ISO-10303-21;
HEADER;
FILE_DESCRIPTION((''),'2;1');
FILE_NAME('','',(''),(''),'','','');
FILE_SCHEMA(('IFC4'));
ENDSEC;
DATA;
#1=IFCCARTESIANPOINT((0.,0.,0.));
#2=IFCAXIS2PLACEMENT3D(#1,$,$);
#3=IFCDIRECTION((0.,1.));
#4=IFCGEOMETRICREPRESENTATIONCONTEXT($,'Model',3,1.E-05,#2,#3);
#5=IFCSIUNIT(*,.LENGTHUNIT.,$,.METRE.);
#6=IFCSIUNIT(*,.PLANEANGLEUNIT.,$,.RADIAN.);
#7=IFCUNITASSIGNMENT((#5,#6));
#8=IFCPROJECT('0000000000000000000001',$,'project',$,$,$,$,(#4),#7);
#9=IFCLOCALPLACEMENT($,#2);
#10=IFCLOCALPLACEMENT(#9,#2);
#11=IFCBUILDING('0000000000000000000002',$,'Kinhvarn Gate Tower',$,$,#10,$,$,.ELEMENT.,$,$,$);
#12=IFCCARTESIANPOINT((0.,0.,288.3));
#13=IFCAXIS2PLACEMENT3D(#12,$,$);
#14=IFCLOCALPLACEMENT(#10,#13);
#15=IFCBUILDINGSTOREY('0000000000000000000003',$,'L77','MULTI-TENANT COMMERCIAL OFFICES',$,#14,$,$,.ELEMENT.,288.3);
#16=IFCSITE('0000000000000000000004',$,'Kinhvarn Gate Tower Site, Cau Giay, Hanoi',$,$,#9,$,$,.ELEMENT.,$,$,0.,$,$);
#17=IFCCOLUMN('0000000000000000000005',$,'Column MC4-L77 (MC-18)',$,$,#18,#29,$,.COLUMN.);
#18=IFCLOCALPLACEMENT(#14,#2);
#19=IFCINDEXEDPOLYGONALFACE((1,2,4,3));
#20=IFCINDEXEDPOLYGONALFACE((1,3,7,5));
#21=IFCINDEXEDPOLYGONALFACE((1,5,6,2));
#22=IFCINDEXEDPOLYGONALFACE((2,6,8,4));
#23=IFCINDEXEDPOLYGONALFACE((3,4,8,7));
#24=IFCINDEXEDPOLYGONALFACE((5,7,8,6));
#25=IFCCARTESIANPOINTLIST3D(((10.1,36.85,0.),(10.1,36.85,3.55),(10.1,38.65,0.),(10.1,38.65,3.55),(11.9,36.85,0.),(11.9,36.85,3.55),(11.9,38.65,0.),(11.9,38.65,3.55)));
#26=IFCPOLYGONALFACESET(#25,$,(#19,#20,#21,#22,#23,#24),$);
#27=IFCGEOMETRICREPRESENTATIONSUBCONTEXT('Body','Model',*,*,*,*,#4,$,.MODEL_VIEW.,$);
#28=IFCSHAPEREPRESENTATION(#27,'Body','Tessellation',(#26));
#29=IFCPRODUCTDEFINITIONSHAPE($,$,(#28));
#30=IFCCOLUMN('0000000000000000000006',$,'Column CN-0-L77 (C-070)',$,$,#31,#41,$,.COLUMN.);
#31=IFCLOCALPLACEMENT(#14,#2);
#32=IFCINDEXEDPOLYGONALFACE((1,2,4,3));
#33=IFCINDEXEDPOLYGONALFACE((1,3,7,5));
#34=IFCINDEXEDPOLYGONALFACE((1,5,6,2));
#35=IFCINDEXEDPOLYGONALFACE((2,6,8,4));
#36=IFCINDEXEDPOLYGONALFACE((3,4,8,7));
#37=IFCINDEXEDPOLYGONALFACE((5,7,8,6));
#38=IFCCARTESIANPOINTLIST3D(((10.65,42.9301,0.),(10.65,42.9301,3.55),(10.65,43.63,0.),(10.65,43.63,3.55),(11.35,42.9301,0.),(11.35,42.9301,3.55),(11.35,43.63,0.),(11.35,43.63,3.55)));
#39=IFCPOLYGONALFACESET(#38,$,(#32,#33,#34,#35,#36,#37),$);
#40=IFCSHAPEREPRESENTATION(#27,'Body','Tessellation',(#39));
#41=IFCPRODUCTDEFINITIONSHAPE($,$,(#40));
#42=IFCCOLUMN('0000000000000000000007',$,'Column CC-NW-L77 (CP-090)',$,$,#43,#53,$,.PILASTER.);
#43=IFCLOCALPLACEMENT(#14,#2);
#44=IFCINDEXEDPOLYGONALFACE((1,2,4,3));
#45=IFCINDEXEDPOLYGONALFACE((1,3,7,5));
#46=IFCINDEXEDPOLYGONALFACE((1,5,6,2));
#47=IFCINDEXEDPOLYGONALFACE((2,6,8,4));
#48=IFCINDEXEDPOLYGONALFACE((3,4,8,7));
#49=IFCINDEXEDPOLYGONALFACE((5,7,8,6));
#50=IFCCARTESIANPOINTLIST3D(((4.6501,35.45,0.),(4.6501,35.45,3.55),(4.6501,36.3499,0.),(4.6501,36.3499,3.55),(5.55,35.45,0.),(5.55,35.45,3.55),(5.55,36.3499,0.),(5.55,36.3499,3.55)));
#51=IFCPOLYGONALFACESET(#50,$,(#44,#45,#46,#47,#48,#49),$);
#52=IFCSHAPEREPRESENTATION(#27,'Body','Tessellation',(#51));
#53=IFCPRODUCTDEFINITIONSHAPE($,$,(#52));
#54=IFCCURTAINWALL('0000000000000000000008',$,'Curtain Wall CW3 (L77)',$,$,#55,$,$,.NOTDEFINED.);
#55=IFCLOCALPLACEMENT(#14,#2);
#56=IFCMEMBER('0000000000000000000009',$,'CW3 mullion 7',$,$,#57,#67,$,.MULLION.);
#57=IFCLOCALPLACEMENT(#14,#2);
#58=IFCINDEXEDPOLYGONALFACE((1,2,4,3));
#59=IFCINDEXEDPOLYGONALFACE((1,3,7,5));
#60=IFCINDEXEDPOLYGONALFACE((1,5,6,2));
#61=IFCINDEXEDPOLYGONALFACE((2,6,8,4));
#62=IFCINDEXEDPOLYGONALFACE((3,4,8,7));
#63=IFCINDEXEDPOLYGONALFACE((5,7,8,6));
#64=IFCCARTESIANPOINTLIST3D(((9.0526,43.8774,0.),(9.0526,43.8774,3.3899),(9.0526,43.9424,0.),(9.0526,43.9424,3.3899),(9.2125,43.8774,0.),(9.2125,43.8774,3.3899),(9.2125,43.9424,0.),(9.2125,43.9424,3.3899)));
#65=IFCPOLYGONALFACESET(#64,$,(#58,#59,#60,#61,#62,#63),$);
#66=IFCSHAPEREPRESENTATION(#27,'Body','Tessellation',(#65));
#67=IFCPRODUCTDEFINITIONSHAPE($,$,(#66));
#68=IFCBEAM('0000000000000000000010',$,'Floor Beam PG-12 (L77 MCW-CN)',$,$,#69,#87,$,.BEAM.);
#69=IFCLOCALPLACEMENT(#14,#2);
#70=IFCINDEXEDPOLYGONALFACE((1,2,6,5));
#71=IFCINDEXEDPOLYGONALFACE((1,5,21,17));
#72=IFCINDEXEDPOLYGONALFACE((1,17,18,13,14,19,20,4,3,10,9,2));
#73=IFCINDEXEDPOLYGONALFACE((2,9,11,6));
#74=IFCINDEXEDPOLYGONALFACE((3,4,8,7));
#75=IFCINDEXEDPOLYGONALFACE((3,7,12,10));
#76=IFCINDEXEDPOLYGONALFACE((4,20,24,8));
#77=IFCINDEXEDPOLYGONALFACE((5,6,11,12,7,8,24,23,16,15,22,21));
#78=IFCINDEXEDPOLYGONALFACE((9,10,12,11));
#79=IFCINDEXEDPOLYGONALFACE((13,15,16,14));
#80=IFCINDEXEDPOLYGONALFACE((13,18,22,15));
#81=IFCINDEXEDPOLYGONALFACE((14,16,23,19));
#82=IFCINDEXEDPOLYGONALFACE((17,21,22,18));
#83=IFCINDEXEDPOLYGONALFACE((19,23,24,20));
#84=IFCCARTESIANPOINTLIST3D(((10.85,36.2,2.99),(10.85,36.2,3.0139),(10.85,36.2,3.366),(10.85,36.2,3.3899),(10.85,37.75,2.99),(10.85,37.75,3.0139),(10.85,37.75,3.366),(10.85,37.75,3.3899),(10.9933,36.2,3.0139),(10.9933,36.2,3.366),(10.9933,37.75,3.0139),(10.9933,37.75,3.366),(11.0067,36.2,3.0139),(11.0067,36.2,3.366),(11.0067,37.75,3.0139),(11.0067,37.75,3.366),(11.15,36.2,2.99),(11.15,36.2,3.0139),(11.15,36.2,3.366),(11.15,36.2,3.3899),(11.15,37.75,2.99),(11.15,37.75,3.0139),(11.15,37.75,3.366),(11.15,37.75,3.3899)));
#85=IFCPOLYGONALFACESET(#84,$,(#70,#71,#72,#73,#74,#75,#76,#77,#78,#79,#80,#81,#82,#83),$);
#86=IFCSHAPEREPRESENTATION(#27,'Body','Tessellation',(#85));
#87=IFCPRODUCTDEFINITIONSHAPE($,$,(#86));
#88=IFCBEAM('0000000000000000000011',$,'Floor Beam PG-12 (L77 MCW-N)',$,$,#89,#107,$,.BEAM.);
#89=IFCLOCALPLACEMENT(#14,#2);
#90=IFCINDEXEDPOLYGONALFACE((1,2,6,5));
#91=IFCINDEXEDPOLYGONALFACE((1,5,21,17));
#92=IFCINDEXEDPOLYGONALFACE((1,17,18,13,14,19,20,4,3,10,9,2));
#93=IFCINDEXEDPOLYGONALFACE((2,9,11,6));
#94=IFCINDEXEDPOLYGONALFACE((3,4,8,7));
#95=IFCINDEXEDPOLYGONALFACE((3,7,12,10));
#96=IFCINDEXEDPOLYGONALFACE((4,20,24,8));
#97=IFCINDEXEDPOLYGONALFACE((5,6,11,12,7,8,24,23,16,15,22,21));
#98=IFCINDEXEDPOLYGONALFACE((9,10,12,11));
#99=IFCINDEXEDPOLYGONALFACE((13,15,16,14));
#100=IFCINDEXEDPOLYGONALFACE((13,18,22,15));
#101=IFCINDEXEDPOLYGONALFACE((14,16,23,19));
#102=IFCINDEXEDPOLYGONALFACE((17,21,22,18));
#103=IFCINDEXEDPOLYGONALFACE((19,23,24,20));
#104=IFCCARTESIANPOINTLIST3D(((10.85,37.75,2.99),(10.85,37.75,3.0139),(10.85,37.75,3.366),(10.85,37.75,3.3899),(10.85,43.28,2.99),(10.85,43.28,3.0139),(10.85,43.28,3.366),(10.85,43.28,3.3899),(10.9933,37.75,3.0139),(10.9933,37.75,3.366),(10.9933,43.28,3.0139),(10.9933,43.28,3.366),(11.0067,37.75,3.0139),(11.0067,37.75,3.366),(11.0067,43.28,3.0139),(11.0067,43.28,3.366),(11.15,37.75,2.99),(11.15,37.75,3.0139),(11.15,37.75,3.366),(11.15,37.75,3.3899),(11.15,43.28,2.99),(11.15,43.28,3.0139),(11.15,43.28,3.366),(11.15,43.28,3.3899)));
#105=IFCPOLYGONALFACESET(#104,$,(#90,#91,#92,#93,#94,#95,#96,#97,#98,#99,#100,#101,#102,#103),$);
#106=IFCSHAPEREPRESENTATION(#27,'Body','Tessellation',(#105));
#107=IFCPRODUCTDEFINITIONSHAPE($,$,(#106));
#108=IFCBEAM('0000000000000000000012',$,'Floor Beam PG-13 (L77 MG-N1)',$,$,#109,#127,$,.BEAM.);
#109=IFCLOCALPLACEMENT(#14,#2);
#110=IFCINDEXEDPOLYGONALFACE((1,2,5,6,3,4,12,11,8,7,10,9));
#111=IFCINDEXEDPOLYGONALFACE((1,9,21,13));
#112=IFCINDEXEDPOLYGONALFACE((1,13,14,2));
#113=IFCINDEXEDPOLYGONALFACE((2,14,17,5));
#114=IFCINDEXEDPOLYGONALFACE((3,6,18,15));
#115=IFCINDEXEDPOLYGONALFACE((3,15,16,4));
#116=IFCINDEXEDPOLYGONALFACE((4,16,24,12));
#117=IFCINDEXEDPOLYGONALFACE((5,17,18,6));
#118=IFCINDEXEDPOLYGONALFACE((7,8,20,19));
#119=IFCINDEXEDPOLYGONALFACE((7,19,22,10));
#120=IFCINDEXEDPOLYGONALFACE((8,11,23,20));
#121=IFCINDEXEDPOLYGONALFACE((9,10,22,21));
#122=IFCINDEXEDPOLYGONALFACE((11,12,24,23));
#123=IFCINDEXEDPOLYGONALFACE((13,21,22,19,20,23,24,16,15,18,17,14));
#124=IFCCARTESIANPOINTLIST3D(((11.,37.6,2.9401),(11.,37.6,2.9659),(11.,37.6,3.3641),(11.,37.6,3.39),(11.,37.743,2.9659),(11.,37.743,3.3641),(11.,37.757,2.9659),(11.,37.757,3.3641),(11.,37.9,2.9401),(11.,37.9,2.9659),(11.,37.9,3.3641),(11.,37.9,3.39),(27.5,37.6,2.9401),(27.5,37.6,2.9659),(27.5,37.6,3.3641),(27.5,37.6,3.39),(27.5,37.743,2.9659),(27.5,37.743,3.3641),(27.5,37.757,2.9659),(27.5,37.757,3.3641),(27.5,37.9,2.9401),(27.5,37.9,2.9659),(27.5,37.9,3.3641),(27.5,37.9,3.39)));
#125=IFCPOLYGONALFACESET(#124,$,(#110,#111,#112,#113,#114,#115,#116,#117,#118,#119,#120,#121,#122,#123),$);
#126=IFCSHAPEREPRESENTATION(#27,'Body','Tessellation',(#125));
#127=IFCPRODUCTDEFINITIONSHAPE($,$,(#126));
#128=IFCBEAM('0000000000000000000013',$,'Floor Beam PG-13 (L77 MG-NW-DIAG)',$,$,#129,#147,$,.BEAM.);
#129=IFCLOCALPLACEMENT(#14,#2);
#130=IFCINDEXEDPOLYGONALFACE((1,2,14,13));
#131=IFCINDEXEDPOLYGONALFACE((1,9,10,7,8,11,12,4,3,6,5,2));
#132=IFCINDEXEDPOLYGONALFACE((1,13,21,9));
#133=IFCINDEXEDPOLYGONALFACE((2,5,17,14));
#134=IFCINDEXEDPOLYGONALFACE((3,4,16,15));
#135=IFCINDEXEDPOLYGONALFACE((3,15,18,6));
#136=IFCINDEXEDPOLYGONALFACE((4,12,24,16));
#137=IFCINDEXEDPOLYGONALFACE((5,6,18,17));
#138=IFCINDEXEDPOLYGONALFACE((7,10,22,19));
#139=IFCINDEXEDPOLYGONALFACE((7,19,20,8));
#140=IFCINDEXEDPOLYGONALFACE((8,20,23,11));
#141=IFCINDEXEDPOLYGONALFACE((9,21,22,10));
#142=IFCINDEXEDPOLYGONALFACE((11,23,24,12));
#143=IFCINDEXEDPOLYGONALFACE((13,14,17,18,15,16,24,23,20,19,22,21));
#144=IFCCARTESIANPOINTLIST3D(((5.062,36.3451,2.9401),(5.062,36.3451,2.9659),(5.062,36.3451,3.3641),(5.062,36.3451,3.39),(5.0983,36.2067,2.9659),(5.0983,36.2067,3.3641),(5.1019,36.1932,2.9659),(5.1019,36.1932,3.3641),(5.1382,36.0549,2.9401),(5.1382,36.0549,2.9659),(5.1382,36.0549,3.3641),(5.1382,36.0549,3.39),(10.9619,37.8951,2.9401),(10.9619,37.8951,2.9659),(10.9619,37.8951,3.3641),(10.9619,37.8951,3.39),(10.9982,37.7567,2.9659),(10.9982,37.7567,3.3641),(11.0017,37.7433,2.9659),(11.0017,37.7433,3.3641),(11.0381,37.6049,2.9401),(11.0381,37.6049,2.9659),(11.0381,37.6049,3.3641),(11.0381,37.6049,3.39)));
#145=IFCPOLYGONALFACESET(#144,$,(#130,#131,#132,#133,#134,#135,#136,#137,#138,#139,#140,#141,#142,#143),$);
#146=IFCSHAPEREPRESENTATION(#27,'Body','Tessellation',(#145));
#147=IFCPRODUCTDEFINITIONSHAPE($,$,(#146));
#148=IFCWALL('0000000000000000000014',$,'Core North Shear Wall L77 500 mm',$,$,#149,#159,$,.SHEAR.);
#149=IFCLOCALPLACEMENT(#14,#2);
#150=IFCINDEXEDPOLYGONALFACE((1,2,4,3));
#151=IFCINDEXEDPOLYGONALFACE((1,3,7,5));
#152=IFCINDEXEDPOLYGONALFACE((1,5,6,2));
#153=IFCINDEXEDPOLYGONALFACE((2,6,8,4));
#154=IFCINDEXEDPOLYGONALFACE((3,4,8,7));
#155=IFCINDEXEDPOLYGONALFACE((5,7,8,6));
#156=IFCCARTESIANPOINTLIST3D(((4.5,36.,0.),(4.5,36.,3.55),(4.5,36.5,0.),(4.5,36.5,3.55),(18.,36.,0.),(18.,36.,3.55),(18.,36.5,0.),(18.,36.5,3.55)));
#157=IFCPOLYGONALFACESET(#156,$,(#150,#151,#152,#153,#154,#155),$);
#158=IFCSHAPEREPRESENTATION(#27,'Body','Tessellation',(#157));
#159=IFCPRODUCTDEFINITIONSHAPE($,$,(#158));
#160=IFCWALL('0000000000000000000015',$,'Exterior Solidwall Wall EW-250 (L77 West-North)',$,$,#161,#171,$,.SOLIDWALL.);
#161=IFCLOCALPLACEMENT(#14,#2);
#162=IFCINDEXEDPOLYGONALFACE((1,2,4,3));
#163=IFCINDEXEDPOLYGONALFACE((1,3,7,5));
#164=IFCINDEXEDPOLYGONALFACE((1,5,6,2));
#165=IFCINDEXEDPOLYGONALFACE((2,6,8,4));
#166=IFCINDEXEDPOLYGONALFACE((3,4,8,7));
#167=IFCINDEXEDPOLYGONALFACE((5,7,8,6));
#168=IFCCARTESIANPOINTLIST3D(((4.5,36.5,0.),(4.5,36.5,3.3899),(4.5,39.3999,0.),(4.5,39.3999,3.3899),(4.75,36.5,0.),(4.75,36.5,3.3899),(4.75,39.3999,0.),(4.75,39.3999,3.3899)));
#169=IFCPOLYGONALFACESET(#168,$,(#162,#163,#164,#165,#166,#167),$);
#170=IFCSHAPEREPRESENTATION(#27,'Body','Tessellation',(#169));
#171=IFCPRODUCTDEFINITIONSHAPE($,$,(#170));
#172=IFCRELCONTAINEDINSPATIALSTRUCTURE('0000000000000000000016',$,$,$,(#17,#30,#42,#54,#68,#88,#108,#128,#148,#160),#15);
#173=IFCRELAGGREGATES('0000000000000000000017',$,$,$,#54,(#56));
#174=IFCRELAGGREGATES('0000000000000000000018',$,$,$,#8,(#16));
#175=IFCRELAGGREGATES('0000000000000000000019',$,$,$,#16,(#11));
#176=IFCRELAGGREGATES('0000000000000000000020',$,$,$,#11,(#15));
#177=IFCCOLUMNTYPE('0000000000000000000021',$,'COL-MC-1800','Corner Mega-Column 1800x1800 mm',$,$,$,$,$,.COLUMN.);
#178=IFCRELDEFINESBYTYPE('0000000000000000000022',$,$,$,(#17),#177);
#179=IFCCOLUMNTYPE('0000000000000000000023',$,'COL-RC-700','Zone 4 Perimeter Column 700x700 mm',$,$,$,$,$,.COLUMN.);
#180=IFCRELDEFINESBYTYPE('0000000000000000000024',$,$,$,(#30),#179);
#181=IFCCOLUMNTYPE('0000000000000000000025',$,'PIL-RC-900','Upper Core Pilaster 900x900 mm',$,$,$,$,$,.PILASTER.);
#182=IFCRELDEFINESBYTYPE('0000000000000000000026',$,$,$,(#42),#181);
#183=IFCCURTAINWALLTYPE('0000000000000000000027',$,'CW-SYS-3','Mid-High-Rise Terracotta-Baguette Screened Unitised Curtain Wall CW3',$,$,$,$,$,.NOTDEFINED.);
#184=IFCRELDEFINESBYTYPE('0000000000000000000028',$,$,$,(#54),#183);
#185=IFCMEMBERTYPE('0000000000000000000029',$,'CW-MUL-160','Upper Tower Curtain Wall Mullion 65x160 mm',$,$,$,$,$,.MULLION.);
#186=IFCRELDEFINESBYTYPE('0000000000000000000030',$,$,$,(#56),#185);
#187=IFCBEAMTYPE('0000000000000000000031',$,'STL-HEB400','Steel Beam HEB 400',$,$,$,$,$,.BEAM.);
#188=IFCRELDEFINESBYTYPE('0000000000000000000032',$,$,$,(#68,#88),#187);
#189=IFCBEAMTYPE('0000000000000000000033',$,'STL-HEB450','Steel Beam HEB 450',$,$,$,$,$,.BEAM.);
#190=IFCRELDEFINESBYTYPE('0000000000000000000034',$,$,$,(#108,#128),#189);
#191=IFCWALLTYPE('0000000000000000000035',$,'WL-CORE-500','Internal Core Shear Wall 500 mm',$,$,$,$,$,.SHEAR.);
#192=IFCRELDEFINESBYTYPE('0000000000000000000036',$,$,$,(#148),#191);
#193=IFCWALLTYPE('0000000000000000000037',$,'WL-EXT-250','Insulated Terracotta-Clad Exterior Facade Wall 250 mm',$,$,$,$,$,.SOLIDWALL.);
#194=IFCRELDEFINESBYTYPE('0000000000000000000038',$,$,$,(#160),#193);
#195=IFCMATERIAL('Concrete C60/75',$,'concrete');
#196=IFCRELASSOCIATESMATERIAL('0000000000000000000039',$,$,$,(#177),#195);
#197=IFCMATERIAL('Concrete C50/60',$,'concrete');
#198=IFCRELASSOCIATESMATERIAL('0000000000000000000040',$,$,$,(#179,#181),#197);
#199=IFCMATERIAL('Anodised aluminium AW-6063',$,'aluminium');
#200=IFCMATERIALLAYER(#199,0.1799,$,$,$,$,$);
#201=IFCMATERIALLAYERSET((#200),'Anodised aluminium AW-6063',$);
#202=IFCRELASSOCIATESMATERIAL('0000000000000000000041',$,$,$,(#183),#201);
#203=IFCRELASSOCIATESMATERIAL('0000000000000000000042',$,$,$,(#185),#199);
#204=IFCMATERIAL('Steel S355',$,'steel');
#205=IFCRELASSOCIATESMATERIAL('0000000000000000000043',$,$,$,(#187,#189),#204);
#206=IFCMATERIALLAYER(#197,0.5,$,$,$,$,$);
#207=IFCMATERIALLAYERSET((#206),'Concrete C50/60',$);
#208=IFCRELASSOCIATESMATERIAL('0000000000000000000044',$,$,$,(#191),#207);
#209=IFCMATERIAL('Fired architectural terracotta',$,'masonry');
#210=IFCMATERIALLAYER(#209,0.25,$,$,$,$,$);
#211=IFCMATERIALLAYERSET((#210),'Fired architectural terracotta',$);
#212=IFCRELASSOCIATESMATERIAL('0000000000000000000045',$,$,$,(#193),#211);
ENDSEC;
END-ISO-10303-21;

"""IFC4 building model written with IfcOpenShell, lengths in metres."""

from ifc_helpers import new_model, si_unit, direction, frame, frame_2d, origin, origin_2d, place, context, subcontext, project, spatial, rectangle, i_section, extrude, material, layer, layer_set, material_profile, profile_set, type_object, element, aggregate, save


model = new_model("IFC4")

# Units and contexts
model_context = context("Model", 3, precision=1e-05, world=origin(), true_north=direction((0.0, 1.0)))
body_context = subcontext(model_context, "Body", "Model", "MODEL_VIEW")
ifc_project = project(units=[si_unit("LENGTHUNIT", "METRE"), si_unit("PLANEANGLEUNIT", "RADIAN")], contexts=[model_context])

# Site, building, storey
site_placement = place(None, origin())
site = spatial("IfcSite", under=ifc_project, at=site_placement, Name="Kinhvarn Gate Tower Site, Cau Giay, Hanoi", CompositionType="ELEMENT", RefElevation=0.0)
building_placement = place(site_placement, origin())
building = spatial("IfcBuilding", under=site, at=building_placement, Name="Kinhvarn Gate Tower", CompositionType="ELEMENT")
storey_placement = place(building_placement, frame((0.0, 0.0, 288.3)))
storey = spatial("IfcBuildingStorey", under=building, at=storey_placement, Name="L77", Description="MULTI-TENANT COMMERCIAL OFFICES", CompositionType="ELEMENT", Elevation=288.3)

# Columns
ifc_material_1 = material(Name="Concrete C60/75", Category="concrete")
ifc_material_profile_1 = material_profile(ifc_material_1, rectangle(XDim=1.8, YDim=1.8, at=origin_2d()), Name="RC 1800x1800")
ifc_profile_set_1 = profile_set([ifc_material_profile_1], Name="Concrete C60/75")
column_type_1 = type_object("IfcColumnType", Name="COL-MC-1800", Description="Corner Mega-Column 1800x1800 mm", PredefinedType="COLUMN", material=ifc_profile_set_1)
column_1_placement = place(storey_placement, frame((11.0, 37.75, 0.0), z_axis=(0.0, 0.0, 1.0), x_axis=(1.0, 0.0, 0.0)))
element("IfcColumn", 1, at=column_1_placement, inside=storey, type_object=column_type_1, Name="Column MC4-L77 (MC-18)", PredefinedType="COLUMN", context=body_context, shape_type="SweptSolid", body=[
    extrude(rectangle(XDim=1.8, YDim=1.8, at=origin_2d()), origin(), (0.0, 0.0, 1.0), 3.55),
])
ifc_material_2 = material(Name="Concrete C50/60", Category="concrete")
ifc_material_profile_2 = material_profile(ifc_material_2, rectangle(XDim=0.7, YDim=0.7, at=origin_2d()), Name="RC 700x700")
ifc_profile_set_2 = profile_set([ifc_material_profile_2], Name="Concrete C50/60")
column_type_2 = type_object("IfcColumnType", Name="COL-RC-700", Description="Zone 4 Perimeter Column 700x700 mm", PredefinedType="COLUMN", material=ifc_profile_set_2)
column_2_placement = place(storey_placement, frame((11.0, 43.28, 0.0), z_axis=(0.0, 0.0, 1.0), x_axis=(1.0, 0.0, 0.0)))
element("IfcColumn", 2, at=column_2_placement, inside=storey, type_object=column_type_2, Name="Column CN-0-L77 (C-070)", PredefinedType="COLUMN", context=body_context, shape_type="SweptSolid", body=[
    extrude(rectangle(XDim=0.7, YDim=0.7, at=origin_2d()), origin(), (0.0, 0.0, 1.0), 3.55),
])
ifc_material_profile_3 = material_profile(ifc_material_2, rectangle(XDim=0.8999, YDim=0.8999, at=origin_2d()), Name="RC 900x900")
ifc_profile_set_3 = profile_set([ifc_material_profile_3], Name="Concrete C50/60")
column_type_3 = type_object("IfcColumnType", Name="PIL-RC-900", Description="Upper Core Pilaster 900x900 mm", PredefinedType="PILASTER", material=ifc_profile_set_3)
column_3_placement = place(storey_placement, frame((5.1001, 35.8999, 0.0), z_axis=(0.0, 0.0, 1.0), x_axis=(1.0, 0.0, 0.0)))
element("IfcColumn", 3, at=column_3_placement, inside=storey, type_object=column_type_3, Name="Column CC-NW-L77 (CP-090)", PredefinedType="PILASTER", context=body_context, shape_type="SweptSolid", body=[
    extrude(rectangle(XDim=0.8999, YDim=0.8999, at=origin_2d()), origin(), (0.0, 0.0, 1.0), 3.55),
])

# Curtain wall, member
ifc_material_3 = material(Name="Anodised aluminium AW-6063", Category="aluminium")
ifc_layer_1 = layer(ifc_material_3, 0.1799)
ifc_layer_set_1 = layer_set([ifc_layer_1], Name="Anodised aluminium AW-6063")
curtain_wall_type = type_object("IfcCurtainWallType", Name="CW-SYS-3", Description="Mid-High-Rise Terracotta-Baguette Screened Unitised Curtain Wall CW3", PredefinedType="NOTDEFINED", material=ifc_layer_set_1)
curtain_wall_placement = place(storey_placement, origin())
curtain_wall = element("IfcCurtainWall", 4, at=curtain_wall_placement, inside=storey, type_object=curtain_wall_type, Name="Curtain Wall CW3 (L77)", PredefinedType="NOTDEFINED")
ifc_material_profile_4 = material_profile(ifc_material_3, rectangle(XDim=0.0649, YDim=0.1599, at=origin_2d()), Name="ALU 65x160")
ifc_profile_set_4 = profile_set([ifc_material_profile_4], Name="Anodised aluminium AW-6063")
member_type = type_object("IfcMemberType", Name="CW-MUL-160", Description="Upper Tower Curtain Wall Mullion 65x160 mm", PredefinedType="MULLION", material=ifc_profile_set_4)
member_placement = place(storey_placement, frame((9.1326, 43.9099, 0.0), z_axis=(0.0, 0.0, 1.0), x_axis=(0.0, -1.0, 0.0)))
member = element("IfcMember", 5, at=member_placement, type_object=member_type, Name="CW3 mullion 7", PredefinedType="MULLION", context=body_context, shape_type="SweptSolid", body=[
    extrude(rectangle(XDim=0.0649, YDim=0.1599, at=origin_2d()), origin(), (0.0, 0.0, 1.0), 3.3899),
])
aggregate(curtain_wall, [member])

# Beams
ifc_material_4 = material(Name="Steel S355", Category="steel")
ifc_material_profile_5 = material_profile(ifc_material_4, i_section(OverallWidth=0.3, OverallDepth=0.3999, WebThickness=0.0134, FlangeThickness=0.0239, at=origin_2d()), Name="HEB 400")
ifc_profile_set_5 = profile_set([ifc_material_profile_5], Name="Steel S355")
beam_type_1 = type_object("IfcBeamType", Name="STL-HEB400", Description="Steel Beam HEB 400", PredefinedType="BEAM", material=ifc_profile_set_5)
beam_1_placement = place(storey_placement, frame((11.0, 36.2, 3.1899), z_axis=(0.0, 1.0, 0.0), x_axis=(-1.0, 0.0, 0.0)))
element("IfcBeam", 6, at=beam_1_placement, inside=storey, type_object=beam_type_1, Name="Floor Beam PG-12 (L77 MCW-CN)", PredefinedType="BEAM", context=body_context, shape_type="SweptSolid", body=[
    extrude(i_section(OverallWidth=0.3, OverallDepth=0.3999, WebThickness=0.0134, FlangeThickness=0.0239, at=origin_2d()), origin(), (0.0, 0.0, 1.0), 1.55),
])
beam_2_placement = place(storey_placement, frame((11.0, 37.75, 3.1899), z_axis=(0.0, 1.0, 0.0), x_axis=(-1.0, 0.0, 0.0)))
element("IfcBeam", 7, at=beam_2_placement, inside=storey, type_object=beam_type_1, Name="Floor Beam PG-12 (L77 MCW-N)", PredefinedType="BEAM", context=body_context, shape_type="SweptSolid", body=[
    extrude(i_section(OverallWidth=0.3, OverallDepth=0.3999, WebThickness=0.0134, FlangeThickness=0.0239, at=origin_2d()), origin(), (0.0, 0.0, 1.0), 5.53),
])
ifc_material_profile_6 = material_profile(ifc_material_4, i_section(OverallWidth=0.3, OverallDepth=0.45, WebThickness=0.0139, FlangeThickness=0.0259, at=origin_2d()), Name="HEB 450")
ifc_profile_set_6 = profile_set([ifc_material_profile_6], Name="Steel S355")
beam_type_2 = type_object("IfcBeamType", Name="STL-HEB450", Description="Steel Beam HEB 450", PredefinedType="BEAM", material=ifc_profile_set_6)
beam_3_placement = place(storey_placement, frame((11.0, 37.75, 3.165), z_axis=(1.0, 0.0, 0.0), x_axis=(0.0, 1.0, 0.0)))
element("IfcBeam", 8, at=beam_3_placement, inside=storey, type_object=beam_type_2, Name="Floor Beam PG-13 (L77 MG-N1)", PredefinedType="BEAM", context=body_context, shape_type="SweptSolid", body=[
    extrude(i_section(OverallWidth=0.3, OverallDepth=0.45, WebThickness=0.0139, FlangeThickness=0.0259, at=origin_2d()), origin(), (0.0, 0.0, 1.0), 16.5),
])
beam_4_placement = place(storey_placement, frame((5.1001, 36.2, 3.165), z_axis=(0.967178, 0.254101, 0.0), x_axis=(-0.254101, 0.967178, 0.0)))
element("IfcBeam", 9, at=beam_4_placement, inside=storey, type_object=beam_type_2, Name="Floor Beam PG-13 (L77 MG-NW-DIAG)", PredefinedType="BEAM", context=body_context, shape_type="SweptSolid", body=[
    extrude(i_section(OverallWidth=0.3, OverallDepth=0.45, WebThickness=0.0139, FlangeThickness=0.0259, at=origin_2d()), origin(), (0.0, 0.0, 1.0), 6.1001),
])

# Walls
ifc_layer_2 = layer(ifc_material_2, 0.5)
ifc_layer_set_2 = layer_set([ifc_layer_2], Name="Concrete C50/60")
wall_type_1 = type_object("IfcWallType", Name="WL-CORE-500", Description="Internal Core Shear Wall 500 mm", PredefinedType="SHEAR", material=ifc_layer_set_2)
wall_1_placement = place(storey_placement, frame((4.5, 36.25, 0.0), z_axis=(0.0, 0.0, 1.0), x_axis=(1.0, 0.0, 0.0)))
element("IfcWall", 10, at=wall_1_placement, inside=storey, type_object=wall_type_1, Name="Core North Shear Wall L77 500 mm", PredefinedType="SHEAR", context=body_context, shape_type="SweptSolid", body=[
    extrude(rectangle(XDim=13.5, YDim=0.5, at=frame_2d((6.75, 0.0))), origin(), (0.0, 0.0, 1.0), 3.55),
])
ifc_material_5 = material(Name="Fired architectural terracotta", Category="masonry")
ifc_layer_3 = layer(ifc_material_5, 0.25)
ifc_layer_set_3 = layer_set([ifc_layer_3], Name="Fired architectural terracotta")
wall_type_2 = type_object("IfcWallType", Name="WL-EXT-250", Description="Insulated Terracotta-Clad Exterior Facade Wall 250 mm", PredefinedType="SOLIDWALL", material=ifc_layer_set_3)
wall_2_placement = place(storey_placement, frame((4.625, 39.3999, 0.0), z_axis=(0.0, 0.0, 1.0), x_axis=(0.0, -1.0, 0.0)))
element("IfcWall", 11, at=wall_2_placement, inside=storey, type_object=wall_type_2, Name="Exterior Solidwall Wall EW-250 (L77 West-North)", PredefinedType="SOLIDWALL", context=body_context, shape_type="SweptSolid", body=[
    extrude(rectangle(XDim=2.8999, YDim=0.25, at=frame_2d((1.45, 0.0))), origin(), (0.0, 0.0, 1.0), 3.3899),
])

save(model, "model.ifc")
